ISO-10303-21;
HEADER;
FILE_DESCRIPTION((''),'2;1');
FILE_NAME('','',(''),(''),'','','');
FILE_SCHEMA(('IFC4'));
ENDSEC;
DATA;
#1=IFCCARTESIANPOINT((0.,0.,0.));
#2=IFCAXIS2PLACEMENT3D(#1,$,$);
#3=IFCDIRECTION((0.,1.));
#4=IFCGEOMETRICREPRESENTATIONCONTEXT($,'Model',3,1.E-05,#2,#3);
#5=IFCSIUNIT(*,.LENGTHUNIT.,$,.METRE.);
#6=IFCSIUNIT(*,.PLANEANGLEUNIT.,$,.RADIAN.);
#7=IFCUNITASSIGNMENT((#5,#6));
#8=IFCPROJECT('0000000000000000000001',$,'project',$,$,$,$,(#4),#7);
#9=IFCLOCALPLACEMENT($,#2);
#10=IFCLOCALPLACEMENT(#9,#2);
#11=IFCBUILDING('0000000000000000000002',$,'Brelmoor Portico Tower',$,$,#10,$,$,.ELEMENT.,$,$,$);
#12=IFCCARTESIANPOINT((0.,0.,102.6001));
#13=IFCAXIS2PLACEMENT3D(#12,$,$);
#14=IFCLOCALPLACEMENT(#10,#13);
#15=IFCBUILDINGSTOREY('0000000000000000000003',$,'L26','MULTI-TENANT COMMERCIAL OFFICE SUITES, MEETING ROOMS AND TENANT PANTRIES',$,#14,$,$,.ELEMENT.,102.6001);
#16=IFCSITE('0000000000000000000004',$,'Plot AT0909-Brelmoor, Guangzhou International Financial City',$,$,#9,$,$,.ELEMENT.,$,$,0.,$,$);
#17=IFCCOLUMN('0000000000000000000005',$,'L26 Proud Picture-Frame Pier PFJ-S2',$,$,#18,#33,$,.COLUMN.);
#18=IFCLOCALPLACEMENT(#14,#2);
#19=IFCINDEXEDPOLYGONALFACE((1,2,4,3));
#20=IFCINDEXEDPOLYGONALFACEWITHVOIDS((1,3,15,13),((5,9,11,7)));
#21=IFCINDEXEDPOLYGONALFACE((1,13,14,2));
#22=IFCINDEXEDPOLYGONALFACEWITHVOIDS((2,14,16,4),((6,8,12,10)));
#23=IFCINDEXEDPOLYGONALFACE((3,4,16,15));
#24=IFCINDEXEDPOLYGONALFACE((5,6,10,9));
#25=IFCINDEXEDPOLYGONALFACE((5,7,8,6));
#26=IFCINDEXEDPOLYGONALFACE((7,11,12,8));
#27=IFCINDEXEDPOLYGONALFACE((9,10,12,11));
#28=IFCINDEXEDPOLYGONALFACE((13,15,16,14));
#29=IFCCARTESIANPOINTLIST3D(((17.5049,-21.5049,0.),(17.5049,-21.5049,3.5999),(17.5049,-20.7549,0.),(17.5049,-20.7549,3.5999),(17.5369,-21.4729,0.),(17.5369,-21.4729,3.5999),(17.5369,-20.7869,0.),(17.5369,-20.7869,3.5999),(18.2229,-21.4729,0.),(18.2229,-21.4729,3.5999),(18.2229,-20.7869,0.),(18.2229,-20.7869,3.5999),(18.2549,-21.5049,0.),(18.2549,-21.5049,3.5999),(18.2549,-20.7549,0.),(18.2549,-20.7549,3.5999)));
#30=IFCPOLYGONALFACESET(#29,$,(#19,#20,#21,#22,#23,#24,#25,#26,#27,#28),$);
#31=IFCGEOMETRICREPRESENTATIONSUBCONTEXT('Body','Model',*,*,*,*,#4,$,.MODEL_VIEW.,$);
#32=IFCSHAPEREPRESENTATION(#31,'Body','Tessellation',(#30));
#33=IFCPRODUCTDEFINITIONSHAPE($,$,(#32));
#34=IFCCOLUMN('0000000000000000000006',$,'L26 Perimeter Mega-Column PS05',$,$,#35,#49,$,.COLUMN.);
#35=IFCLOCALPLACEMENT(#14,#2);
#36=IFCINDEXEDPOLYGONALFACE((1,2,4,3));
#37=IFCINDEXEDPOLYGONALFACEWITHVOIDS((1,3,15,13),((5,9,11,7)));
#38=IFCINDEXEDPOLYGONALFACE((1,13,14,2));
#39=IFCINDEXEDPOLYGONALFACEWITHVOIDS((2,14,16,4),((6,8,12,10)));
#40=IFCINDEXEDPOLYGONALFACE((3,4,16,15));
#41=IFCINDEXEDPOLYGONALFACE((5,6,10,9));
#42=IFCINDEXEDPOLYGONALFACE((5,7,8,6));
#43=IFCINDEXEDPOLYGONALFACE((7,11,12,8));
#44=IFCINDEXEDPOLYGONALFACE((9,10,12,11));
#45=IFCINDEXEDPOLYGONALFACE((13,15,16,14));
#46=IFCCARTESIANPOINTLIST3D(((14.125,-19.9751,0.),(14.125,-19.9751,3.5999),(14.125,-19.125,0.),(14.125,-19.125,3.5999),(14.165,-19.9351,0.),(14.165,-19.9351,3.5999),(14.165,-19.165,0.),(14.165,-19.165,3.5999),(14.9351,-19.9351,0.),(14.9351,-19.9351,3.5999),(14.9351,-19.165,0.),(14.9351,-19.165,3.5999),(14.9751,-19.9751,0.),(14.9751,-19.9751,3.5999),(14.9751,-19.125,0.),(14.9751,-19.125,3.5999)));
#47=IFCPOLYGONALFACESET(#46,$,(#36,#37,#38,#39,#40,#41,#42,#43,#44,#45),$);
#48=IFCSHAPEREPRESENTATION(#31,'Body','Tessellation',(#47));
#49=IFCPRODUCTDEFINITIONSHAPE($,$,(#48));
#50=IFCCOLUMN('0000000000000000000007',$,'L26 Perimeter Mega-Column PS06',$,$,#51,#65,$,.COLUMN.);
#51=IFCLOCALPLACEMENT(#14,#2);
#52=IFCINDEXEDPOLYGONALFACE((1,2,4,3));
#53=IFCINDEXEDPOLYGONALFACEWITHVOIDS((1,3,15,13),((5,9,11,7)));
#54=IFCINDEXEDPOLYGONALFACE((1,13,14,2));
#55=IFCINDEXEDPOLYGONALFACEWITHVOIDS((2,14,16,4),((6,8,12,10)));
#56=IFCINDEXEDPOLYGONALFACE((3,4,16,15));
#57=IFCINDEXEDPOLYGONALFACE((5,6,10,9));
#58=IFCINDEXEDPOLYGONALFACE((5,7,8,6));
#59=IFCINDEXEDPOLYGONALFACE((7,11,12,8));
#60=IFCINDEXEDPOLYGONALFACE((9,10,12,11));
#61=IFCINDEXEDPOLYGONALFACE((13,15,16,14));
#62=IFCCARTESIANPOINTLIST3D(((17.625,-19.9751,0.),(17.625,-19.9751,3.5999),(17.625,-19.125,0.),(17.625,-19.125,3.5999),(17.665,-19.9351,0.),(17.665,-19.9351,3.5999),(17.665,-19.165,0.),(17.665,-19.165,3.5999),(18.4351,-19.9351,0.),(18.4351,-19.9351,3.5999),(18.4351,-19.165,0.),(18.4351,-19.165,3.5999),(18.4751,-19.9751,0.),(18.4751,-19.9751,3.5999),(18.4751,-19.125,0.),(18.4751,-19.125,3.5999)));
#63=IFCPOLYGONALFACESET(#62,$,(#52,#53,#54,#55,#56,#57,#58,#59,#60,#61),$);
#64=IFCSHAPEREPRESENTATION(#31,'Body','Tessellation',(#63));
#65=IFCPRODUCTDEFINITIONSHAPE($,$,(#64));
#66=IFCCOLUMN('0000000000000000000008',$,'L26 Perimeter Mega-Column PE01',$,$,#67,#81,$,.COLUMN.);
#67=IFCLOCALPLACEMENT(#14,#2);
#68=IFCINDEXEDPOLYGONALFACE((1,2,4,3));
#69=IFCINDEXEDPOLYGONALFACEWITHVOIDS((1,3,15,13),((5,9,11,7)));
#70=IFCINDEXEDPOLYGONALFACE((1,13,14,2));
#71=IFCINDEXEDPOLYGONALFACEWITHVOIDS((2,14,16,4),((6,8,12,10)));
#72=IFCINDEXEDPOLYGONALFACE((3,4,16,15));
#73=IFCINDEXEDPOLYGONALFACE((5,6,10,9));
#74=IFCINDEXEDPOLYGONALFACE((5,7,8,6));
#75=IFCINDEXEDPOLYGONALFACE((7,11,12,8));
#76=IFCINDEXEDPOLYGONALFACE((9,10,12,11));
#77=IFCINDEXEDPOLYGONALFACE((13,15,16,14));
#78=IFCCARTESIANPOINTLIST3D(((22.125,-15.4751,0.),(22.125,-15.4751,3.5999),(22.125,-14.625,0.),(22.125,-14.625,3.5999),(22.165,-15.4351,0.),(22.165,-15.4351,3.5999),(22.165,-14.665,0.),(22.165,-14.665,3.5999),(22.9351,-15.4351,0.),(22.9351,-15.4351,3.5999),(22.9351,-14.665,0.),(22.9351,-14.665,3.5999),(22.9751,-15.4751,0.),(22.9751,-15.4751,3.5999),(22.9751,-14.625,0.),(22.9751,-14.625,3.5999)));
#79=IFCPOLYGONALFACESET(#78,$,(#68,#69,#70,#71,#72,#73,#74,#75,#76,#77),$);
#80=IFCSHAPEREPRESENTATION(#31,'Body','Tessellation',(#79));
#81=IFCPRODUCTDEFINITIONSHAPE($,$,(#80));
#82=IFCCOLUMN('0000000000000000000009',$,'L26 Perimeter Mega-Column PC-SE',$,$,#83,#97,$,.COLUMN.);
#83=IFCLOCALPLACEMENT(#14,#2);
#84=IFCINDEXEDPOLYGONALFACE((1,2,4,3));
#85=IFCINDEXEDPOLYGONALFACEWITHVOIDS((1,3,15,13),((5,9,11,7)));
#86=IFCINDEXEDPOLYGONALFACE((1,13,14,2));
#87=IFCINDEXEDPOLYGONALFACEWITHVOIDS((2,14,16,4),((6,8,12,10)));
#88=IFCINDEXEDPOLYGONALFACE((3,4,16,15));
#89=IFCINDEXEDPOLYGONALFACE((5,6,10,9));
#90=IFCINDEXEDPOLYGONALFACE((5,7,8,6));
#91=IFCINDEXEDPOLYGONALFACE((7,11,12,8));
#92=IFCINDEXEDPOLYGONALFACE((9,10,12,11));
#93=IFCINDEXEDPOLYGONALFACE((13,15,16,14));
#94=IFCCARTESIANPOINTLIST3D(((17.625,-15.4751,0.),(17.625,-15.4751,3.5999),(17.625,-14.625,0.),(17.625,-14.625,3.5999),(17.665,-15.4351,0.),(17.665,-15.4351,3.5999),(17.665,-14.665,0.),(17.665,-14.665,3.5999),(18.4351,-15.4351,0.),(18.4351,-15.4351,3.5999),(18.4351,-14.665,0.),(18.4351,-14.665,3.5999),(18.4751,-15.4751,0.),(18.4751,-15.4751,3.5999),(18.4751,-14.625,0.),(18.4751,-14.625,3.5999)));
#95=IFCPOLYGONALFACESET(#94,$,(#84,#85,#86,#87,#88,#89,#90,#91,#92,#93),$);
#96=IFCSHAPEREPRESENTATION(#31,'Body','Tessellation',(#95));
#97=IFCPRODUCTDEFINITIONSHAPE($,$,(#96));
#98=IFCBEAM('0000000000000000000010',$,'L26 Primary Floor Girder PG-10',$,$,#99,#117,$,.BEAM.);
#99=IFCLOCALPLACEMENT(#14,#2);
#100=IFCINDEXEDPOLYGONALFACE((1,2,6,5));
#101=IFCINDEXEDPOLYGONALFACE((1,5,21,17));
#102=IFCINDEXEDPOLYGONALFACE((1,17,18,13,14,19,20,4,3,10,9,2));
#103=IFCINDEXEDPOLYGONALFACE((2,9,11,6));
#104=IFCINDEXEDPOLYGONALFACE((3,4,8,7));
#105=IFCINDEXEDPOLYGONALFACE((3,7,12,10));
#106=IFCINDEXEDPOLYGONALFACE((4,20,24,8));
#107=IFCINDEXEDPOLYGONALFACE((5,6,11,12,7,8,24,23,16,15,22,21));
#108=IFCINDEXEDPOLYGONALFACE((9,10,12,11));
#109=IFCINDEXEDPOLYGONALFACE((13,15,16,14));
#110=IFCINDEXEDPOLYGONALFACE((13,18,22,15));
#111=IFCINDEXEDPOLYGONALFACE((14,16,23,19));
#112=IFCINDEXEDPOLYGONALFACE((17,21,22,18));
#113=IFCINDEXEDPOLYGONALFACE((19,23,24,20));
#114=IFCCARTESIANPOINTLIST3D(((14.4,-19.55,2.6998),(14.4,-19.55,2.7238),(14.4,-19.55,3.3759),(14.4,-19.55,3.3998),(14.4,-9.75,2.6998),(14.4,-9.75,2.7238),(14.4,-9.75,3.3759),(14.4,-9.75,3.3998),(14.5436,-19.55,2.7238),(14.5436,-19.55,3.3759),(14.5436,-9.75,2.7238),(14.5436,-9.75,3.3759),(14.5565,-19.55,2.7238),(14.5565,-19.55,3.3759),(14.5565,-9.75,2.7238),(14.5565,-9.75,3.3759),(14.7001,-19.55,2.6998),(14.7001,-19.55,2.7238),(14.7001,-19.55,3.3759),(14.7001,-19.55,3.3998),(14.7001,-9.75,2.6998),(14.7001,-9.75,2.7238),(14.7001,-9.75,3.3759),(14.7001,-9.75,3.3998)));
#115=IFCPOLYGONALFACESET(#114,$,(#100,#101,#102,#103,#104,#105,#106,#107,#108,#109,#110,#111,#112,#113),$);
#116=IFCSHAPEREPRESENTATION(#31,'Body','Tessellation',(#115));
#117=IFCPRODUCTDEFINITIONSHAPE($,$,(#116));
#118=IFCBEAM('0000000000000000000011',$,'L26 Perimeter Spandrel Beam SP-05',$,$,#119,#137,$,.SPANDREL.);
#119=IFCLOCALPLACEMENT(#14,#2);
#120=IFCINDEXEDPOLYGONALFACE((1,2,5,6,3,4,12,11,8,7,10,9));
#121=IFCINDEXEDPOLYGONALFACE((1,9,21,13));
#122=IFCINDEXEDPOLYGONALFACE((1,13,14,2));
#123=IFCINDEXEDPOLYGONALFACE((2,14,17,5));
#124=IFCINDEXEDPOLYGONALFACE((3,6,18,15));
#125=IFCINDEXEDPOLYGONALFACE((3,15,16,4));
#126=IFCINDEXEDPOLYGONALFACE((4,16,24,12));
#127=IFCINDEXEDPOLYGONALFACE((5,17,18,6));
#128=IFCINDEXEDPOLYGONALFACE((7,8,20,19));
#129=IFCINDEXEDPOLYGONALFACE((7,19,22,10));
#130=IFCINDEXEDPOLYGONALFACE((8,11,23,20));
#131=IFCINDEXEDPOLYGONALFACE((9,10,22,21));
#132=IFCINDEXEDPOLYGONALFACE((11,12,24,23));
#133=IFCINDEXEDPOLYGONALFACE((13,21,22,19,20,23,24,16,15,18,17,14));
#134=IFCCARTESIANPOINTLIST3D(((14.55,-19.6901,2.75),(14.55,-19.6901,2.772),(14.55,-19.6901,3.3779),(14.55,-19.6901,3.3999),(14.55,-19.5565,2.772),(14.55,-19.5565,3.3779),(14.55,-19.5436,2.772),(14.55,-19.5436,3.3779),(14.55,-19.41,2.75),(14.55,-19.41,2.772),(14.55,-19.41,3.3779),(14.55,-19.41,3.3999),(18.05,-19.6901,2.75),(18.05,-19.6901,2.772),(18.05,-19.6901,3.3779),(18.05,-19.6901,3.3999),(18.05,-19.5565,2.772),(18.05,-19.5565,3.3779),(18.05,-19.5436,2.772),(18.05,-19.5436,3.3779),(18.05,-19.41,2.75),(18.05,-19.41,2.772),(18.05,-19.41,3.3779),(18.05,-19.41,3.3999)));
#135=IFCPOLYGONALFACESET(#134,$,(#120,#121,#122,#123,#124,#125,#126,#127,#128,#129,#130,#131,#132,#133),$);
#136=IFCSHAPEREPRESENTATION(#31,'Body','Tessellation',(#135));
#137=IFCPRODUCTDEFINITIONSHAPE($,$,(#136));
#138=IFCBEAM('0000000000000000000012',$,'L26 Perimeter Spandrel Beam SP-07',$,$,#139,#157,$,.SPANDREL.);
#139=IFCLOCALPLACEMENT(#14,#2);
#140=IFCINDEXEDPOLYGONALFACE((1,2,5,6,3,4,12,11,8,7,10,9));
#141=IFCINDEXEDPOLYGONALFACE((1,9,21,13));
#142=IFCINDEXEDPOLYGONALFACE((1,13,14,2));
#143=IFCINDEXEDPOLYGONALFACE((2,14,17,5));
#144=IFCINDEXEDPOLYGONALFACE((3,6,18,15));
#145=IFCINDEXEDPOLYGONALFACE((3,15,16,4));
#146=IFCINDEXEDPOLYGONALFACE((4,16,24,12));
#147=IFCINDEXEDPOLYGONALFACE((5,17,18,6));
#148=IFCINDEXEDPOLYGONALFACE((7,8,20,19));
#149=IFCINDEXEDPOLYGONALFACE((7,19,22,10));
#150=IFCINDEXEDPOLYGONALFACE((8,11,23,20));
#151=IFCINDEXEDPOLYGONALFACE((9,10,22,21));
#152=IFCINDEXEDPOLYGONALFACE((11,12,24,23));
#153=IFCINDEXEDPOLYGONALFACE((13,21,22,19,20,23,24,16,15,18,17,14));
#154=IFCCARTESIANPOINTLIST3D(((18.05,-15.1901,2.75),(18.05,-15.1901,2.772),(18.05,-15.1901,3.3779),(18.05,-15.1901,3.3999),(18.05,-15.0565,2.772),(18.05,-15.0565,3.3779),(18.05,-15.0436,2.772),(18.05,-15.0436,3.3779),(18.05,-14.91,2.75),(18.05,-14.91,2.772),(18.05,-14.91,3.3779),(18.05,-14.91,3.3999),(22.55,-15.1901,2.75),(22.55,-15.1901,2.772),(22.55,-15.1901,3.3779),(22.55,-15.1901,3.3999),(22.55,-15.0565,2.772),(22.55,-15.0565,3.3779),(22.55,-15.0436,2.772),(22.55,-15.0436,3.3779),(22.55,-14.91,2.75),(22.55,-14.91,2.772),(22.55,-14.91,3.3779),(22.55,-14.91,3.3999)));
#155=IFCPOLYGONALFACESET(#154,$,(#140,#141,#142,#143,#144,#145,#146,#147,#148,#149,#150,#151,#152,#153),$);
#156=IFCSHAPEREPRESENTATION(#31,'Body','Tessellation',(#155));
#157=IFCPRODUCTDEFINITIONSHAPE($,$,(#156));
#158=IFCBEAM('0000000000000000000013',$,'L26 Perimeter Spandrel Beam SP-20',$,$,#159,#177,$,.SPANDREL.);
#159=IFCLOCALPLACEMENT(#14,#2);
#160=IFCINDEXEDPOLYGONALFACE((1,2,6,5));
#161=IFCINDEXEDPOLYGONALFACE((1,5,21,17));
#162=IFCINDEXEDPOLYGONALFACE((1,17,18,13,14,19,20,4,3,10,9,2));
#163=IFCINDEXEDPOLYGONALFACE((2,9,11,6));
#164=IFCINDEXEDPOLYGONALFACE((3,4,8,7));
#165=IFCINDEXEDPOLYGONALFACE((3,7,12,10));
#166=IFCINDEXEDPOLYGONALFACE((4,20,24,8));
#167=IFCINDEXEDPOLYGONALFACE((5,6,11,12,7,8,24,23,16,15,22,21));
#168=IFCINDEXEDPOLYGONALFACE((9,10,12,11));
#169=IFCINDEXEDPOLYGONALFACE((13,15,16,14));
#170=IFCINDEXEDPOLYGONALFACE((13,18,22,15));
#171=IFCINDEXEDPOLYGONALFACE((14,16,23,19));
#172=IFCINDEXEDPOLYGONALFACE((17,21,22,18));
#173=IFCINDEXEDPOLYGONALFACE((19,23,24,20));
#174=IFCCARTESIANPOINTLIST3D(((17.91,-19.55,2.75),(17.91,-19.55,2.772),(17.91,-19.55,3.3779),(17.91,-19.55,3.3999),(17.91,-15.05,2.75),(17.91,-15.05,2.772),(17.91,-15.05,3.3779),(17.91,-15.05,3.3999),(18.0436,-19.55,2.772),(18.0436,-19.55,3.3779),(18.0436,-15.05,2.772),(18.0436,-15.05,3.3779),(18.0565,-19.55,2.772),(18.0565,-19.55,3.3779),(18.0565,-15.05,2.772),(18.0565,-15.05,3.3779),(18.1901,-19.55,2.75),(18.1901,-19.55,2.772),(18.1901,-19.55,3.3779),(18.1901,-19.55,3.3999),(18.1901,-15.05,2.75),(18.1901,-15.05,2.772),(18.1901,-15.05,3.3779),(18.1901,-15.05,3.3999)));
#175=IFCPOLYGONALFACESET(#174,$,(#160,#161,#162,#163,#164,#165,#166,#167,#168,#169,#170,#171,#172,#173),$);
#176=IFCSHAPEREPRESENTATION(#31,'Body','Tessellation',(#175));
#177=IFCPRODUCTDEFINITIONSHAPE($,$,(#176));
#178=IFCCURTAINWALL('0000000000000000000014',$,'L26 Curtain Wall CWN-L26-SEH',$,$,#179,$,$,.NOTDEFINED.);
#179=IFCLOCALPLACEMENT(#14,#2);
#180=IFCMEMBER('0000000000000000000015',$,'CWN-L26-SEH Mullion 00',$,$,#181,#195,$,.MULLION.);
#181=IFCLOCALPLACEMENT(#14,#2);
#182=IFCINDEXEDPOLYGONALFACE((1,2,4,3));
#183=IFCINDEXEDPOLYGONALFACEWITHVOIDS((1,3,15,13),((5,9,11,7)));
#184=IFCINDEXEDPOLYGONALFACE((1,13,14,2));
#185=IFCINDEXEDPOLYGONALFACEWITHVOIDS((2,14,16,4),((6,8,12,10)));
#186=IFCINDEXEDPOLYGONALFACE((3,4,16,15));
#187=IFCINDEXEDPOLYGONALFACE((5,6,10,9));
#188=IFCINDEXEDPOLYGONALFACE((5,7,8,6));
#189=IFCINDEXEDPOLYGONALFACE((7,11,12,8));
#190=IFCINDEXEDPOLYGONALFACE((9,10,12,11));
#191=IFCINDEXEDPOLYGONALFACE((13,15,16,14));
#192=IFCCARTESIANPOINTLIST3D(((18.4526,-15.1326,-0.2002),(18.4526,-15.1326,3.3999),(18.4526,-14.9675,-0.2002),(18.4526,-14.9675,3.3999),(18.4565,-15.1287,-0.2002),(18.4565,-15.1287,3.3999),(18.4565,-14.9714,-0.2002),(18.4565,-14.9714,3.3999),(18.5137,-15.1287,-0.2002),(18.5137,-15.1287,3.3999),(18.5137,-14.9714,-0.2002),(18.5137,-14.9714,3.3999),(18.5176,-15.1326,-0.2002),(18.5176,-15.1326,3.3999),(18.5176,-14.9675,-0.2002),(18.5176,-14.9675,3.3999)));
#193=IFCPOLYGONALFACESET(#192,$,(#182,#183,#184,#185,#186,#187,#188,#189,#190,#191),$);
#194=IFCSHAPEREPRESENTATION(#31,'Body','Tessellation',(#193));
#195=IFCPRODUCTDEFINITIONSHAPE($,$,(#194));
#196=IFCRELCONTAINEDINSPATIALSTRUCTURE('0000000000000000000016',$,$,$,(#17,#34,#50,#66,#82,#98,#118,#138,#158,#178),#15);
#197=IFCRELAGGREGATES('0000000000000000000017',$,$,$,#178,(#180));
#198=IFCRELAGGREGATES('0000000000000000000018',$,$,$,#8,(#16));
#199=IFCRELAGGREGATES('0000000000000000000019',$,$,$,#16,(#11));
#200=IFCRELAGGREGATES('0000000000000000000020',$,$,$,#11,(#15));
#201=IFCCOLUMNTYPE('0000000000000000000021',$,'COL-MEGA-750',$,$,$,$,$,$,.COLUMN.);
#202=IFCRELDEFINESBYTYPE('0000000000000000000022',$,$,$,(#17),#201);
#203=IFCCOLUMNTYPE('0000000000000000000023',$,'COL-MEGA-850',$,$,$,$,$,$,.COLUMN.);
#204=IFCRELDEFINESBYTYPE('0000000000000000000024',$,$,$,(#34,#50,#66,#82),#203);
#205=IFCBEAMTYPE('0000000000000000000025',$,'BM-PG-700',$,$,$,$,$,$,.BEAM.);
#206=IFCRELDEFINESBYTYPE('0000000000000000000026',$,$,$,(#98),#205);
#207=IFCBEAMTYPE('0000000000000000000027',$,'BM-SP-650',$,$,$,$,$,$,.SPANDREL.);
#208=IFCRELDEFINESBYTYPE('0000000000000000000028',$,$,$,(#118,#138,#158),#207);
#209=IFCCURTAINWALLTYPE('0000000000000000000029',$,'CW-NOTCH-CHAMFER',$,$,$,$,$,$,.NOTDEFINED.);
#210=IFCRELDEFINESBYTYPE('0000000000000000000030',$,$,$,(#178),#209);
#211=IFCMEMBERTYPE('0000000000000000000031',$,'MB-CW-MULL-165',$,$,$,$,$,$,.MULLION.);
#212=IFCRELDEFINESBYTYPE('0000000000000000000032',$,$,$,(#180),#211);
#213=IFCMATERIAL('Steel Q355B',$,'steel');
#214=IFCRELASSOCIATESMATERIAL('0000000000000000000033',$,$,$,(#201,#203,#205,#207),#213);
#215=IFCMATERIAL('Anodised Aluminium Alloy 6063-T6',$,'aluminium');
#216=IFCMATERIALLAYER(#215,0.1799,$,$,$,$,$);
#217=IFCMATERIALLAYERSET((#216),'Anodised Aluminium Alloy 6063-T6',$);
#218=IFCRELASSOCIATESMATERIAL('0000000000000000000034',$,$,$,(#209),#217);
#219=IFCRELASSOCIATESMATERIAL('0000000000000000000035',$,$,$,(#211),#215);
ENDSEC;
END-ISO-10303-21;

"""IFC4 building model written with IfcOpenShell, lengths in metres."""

from ifc_helpers import new_model, si_unit, direction, frame, origin, origin_2d, place, context, subcontext, project, spatial, hollow_rectangle, i_section, extrude, material, layer, layer_set, material_profile, profile_set, type_object, element, aggregate, save


model = new_model("IFC4")

# Units and contexts
model_context = context("Model", 3, precision=1e-05, world=origin(), true_north=direction((0.0, 1.0)))
body_context = subcontext(model_context, "Body", "Model", "MODEL_VIEW")
ifc_project = project(units=[si_unit("LENGTHUNIT", "METRE"), si_unit("PLANEANGLEUNIT", "RADIAN")], contexts=[model_context])

# Site, building, storey
site_placement = place(None, origin())
site = spatial("IfcSite", under=ifc_project, at=site_placement, Name="Plot AT0909-Brelmoor, Guangzhou International Financial City", CompositionType="ELEMENT", RefElevation=0.0)
building_placement = place(site_placement, origin())
building = spatial("IfcBuilding", under=site, at=building_placement, Name="Brelmoor Portico Tower", CompositionType="ELEMENT")
storey_placement = place(building_placement, frame((0.0, 0.0, 102.6001)))
storey = spatial("IfcBuildingStorey", under=building, at=storey_placement, Name="L26", Description="MULTI-TENANT COMMERCIAL OFFICE SUITES, MEETING ROOMS AND TENANT PANTRIES", CompositionType="ELEMENT", Elevation=102.6001)

# Columns
ifc_material_1 = material(Name="Steel Q355B", Category="steel")
ifc_material_profile_1 = material_profile(ifc_material_1, hollow_rectangle(XDim=0.75, YDim=0.75, WallThickness=0.032, at=origin_2d()), Name="BOX 750x750x32")
ifc_profile_set_1 = profile_set([ifc_material_profile_1], Name="Steel Q355B")
column_type_1 = type_object("IfcColumnType", Name="COL-MEGA-750", PredefinedType="COLUMN", material=ifc_profile_set_1)
column_placement = place(storey_placement, frame((17.8799, -21.1299, 0.0), z_axis=(0.0, 0.0, 1.0), x_axis=(1.0, 0.0, 0.0)))
element("IfcColumn", 1, at=column_placement, inside=storey, type_object=column_type_1, Name="L26 Proud Picture-Frame Pier PFJ-S2", PredefinedType="COLUMN", context=body_context, shape_type="SweptSolid", body=[
    extrude(hollow_rectangle(XDim=0.75, YDim=0.75, WallThickness=0.032, at=origin_2d()), origin(), (0.0, 0.0, 1.0), 3.5999),
])
ifc_material_profile_2 = material_profile(ifc_material_1, hollow_rectangle(XDim=0.8501, YDim=0.8501, WallThickness=0.04, at=origin_2d()), Name="BOX 850x850x40")
ifc_profile_set_2 = profile_set([ifc_material_profile_2], Name="Steel Q355B")
column_type_2 = type_object("IfcColumnType", Name="COL-MEGA-850", PredefinedType="COLUMN", material=ifc_profile_set_2)
for number, where, z_axis, x_axis, name in (
    (2, (14.55, -19.55, 0.0), (0.0, 0.0, 1.0), (1.0, 0.0, 0.0), "L26 Perimeter Mega-Column PS05"),
    (3, (18.05, -19.55, 0.0), (0.0, 0.0, 1.0), (1.0, 0.0, 0.0), "L26 Perimeter Mega-Column PS06"),
    (4, (22.55, -15.05, 0.0), (0.0, 0.0, 1.0), (0.0, 1.0, 0.0), "L26 Perimeter Mega-Column PE01"),
    (5, (18.05, -15.05, 0.0), (0.0, 0.0, 1.0), (1.0, 0.0, 0.0), "L26 Perimeter Mega-Column PC-SE"),
):
    element("IfcColumn", number, at=place(storey_placement, frame(where, z_axis=z_axis, x_axis=x_axis)), inside=storey, type_object=column_type_2, Name=name, PredefinedType="COLUMN", context=body_context, shape_type="SweptSolid", body=[
        extrude(hollow_rectangle(XDim=0.8501, YDim=0.8501, WallThickness=0.04, at=origin_2d()), origin(), (0.0, 0.0, 1.0), 3.5999),
    ])

# Beams
ifc_material_profile_3 = material_profile(ifc_material_1, i_section(OverallWidth=0.3, OverallDepth=0.7, WebThickness=0.0129, FlangeThickness=0.0239, at=origin_2d()), Name="HN 700x300x13x24")
ifc_profile_set_3 = profile_set([ifc_material_profile_3], Name="Steel Q355B")
beam_type_1 = type_object("IfcBeamType", Name="BM-PG-700", PredefinedType="BEAM", material=ifc_profile_set_3)
beam_1_placement = place(storey_placement, frame((14.55, -19.55, 3.0498), z_axis=(0.0, 1.0, 0.0), x_axis=(-1.0, 0.0, 0.0)))
element("IfcBeam", 6, at=beam_1_placement, inside=storey, type_object=beam_type_1, Name="L26 Primary Floor Girder PG-10", PredefinedType="BEAM", context=body_context, shape_type="SweptSolid", body=[
    extrude(i_section(OverallWidth=0.3, OverallDepth=0.7, WebThickness=0.0129, FlangeThickness=0.0239, at=origin_2d()), origin(), (0.0, 0.0, 1.0), 9.8),
])
ifc_material_profile_4 = material_profile(ifc_material_1, i_section(OverallWidth=0.28, OverallDepth=0.6499, WebThickness=0.0129, FlangeThickness=0.022, at=origin_2d()), Name="HN 650x280x13x22")
ifc_profile_set_4 = profile_set([ifc_material_profile_4], Name="Steel Q355B")
beam_type_2 = type_object("IfcBeamType", Name="BM-SP-650", PredefinedType="SPANDREL", material=ifc_profile_set_4)
beam_2_placement = place(storey_placement, frame((14.55, -19.55, 3.075), z_axis=(1.0, 0.0, 0.0), x_axis=(0.0, 1.0, 0.0)))
element("IfcBeam", 7, at=beam_2_placement, inside=storey, type_object=beam_type_2, Name="L26 Perimeter Spandrel Beam SP-05", PredefinedType="SPANDREL", context=body_context, shape_type="SweptSolid", body=[
    extrude(i_section(OverallWidth=0.28, OverallDepth=0.6499, WebThickness=0.0129, FlangeThickness=0.022, at=origin_2d()), origin(), (0.0, 0.0, 1.0), 3.5),
])
for number, where, z_axis, x_axis, name in (
    (8, (18.05, -15.05, 3.075), (1.0, 0.0, 0.0), (0.0, 1.0, 0.0), "L26 Perimeter Spandrel Beam SP-07"),
    (9, (18.05, -19.55, 3.075), (0.0, 1.0, 0.0), (-1.0, 0.0, 0.0), "L26 Perimeter Spandrel Beam SP-20"),
):
    element("IfcBeam", number, at=place(storey_placement, frame(where, z_axis=z_axis, x_axis=x_axis)), inside=storey, type_object=beam_type_2, Name=name, PredefinedType="SPANDREL", context=body_context, shape_type="SweptSolid", body=[
        extrude(i_section(OverallWidth=0.28, OverallDepth=0.6499, WebThickness=0.0129, FlangeThickness=0.022, at=origin_2d()), origin(), (0.0, 0.0, 1.0), 4.5),
    ])

# Curtain wall, member
ifc_material_2 = material(Name="Anodised Aluminium Alloy 6063-T6", Category="aluminium")
ifc_layer_1 = layer(ifc_material_2, 0.1799)
ifc_layer_set_1 = layer_set([ifc_layer_1], Name="Anodised Aluminium Alloy 6063-T6")
curtain_wall_type = type_object("IfcCurtainWallType", Name="CW-NOTCH-CHAMFER", PredefinedType="NOTDEFINED", material=ifc_layer_set_1)
curtain_wall_1_placement = place(storey_placement, origin())
curtain_wall_1 = element("IfcCurtainWall", 10, at=curtain_wall_1_placement, inside=storey, type_object=curtain_wall_type, Name="L26 Curtain Wall CWN-L26-SEH", PredefinedType="NOTDEFINED")
ifc_material_profile_5 = material_profile(ifc_material_2, hollow_rectangle(XDim=0.0649, YDim=0.165, WallThickness=0.0039, at=origin_2d()), Name="ALU MULLION 65x165")
ifc_profile_set_5 = profile_set([ifc_material_profile_5], Name="Anodised Aluminium Alloy 6063-T6")
member_type_1 = type_object("IfcMemberType", Name="MB-CW-MULL-165", PredefinedType="MULLION", material=ifc_profile_set_5)
member_1_placement = place(storey_placement, frame((18.4851, -15.05, -0.2002), z_axis=(0.0, 0.0, 1.0), x_axis=(1.0, 0.0, 0.0)))
member_1 = element("IfcMember", 11, at=member_1_placement, type_object=member_type_1, Name="CWN-L26-SEH Mullion 00", PredefinedType="MULLION", context=body_context, shape_type="SweptSolid", body=[
    extrude(hollow_rectangle(XDim=0.0649, YDim=0.165, WallThickness=0.0039, at=origin_2d()), origin(), (0.0, 0.0, 1.0), 3.6001),
])

aggregate(curtain_wall_1, [member_1])

save(model, "model.ifc")
